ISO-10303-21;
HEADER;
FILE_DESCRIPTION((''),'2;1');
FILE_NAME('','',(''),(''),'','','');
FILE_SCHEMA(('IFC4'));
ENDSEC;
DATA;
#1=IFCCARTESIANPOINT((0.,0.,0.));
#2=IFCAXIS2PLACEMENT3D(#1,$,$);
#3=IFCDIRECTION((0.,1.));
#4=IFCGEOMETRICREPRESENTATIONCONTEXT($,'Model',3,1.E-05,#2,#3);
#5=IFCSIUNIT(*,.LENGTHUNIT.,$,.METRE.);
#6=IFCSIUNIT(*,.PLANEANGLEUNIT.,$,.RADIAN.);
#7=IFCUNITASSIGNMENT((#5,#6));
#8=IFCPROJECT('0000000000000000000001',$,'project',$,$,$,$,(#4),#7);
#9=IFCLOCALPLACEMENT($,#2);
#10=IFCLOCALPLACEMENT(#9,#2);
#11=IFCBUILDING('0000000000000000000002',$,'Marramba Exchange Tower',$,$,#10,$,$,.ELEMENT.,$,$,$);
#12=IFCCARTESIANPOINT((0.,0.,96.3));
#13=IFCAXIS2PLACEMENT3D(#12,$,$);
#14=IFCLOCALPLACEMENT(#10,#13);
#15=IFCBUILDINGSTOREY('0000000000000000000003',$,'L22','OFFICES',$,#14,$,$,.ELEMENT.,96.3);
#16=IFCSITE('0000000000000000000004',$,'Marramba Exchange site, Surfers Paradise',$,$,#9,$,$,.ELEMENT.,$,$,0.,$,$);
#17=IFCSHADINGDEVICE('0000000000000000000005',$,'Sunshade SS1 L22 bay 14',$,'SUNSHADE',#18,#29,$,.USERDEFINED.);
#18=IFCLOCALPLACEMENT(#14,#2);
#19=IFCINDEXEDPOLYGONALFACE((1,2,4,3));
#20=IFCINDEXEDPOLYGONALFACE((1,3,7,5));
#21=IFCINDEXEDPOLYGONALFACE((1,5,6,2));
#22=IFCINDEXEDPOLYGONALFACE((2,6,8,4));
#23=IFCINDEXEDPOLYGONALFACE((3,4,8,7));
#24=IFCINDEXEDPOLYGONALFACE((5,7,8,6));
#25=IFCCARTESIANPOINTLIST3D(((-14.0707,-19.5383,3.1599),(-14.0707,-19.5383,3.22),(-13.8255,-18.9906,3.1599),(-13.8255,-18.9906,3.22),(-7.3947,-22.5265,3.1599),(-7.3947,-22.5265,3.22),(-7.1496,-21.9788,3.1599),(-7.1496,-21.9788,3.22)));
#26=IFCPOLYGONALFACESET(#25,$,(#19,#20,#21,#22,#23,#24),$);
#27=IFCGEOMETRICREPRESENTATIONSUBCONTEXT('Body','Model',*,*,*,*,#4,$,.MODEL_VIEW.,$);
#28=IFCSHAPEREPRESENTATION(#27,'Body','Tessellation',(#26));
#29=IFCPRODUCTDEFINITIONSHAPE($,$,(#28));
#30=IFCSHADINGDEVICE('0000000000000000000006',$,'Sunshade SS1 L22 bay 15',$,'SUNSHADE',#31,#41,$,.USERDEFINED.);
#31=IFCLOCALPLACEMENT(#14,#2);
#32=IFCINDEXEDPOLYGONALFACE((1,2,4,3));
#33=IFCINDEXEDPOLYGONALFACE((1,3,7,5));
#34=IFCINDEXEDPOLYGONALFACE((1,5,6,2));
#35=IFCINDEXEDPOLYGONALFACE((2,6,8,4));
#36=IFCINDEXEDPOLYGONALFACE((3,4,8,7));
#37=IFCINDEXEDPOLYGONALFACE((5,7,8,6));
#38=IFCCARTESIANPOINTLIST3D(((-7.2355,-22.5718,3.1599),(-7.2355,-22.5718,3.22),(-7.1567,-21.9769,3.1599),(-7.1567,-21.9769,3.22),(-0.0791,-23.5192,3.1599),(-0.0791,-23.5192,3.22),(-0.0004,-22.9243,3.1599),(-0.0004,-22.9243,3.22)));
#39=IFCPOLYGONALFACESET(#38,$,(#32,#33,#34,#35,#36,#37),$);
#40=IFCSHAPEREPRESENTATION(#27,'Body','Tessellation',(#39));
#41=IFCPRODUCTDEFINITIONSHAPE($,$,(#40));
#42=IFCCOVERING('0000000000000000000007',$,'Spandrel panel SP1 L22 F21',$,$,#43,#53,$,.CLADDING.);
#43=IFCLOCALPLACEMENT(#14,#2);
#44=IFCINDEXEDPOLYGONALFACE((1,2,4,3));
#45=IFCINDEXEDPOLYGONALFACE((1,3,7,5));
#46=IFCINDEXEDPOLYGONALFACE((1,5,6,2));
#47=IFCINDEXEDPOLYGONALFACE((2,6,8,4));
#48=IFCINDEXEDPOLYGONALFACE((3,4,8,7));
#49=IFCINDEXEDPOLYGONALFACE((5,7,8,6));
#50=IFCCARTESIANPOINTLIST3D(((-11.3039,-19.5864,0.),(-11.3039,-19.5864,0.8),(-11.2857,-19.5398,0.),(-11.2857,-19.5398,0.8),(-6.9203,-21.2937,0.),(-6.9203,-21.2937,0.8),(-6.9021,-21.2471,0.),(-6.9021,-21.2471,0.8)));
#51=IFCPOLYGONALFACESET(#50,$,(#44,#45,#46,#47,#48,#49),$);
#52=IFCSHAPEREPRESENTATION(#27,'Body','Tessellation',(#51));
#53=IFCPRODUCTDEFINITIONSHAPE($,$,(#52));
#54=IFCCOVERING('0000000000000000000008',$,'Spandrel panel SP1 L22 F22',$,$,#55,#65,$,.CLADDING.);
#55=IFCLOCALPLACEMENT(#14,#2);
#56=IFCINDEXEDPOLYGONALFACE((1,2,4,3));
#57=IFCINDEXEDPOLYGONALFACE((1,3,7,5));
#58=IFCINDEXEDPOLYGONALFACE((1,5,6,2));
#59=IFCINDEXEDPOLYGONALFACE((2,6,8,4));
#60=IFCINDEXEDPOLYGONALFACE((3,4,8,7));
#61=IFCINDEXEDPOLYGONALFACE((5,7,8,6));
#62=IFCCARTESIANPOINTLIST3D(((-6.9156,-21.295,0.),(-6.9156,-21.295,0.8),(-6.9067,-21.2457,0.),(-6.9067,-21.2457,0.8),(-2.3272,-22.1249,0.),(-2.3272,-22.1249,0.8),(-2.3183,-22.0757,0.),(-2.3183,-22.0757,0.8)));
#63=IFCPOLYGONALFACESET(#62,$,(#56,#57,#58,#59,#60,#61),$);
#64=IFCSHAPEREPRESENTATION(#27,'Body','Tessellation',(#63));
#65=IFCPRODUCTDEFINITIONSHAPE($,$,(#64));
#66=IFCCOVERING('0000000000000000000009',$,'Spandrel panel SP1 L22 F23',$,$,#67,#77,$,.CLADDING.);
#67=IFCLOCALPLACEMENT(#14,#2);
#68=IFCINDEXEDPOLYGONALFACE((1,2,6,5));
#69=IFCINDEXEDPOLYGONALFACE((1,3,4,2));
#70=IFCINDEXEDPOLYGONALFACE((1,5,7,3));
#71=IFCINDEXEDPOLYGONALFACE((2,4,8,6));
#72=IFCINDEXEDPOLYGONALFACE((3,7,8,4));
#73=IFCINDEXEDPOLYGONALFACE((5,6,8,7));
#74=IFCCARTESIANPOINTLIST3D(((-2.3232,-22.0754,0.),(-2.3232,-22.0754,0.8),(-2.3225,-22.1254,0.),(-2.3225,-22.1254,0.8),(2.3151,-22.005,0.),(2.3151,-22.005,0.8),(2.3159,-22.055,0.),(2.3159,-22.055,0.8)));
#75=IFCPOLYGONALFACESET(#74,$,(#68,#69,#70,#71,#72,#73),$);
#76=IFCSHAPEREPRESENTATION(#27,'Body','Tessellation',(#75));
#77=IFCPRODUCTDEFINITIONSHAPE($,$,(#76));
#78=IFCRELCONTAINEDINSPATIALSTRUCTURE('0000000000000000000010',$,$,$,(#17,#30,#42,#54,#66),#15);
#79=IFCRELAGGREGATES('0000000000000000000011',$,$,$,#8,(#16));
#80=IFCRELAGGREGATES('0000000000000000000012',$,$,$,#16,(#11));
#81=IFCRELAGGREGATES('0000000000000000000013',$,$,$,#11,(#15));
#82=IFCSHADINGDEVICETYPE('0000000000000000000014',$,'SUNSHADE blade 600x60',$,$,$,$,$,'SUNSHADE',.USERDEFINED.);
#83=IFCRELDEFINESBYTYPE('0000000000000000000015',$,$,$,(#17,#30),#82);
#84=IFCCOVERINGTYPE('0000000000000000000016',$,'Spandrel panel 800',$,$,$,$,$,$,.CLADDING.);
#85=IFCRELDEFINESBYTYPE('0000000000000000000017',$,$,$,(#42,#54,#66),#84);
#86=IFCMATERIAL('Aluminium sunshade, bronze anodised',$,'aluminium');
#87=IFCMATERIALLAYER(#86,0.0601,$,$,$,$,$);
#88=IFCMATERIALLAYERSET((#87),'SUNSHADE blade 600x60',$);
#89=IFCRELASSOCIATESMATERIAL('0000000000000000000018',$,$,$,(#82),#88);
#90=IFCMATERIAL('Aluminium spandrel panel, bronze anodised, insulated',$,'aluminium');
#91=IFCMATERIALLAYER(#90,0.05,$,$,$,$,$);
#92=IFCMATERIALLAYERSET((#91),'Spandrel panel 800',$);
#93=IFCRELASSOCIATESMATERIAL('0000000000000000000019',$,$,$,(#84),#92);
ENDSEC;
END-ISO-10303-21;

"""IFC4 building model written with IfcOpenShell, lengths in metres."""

from ifc_helpers import new_model, si_unit, direction, frame, origin, origin_2d, place, context, subcontext, project, spatial, rectangle, extrude, material, layer, layer_set, type_object, element, save


model = new_model("IFC4")

# Units and contexts
model_context = context("Model", 3, precision=1e-05, world=origin(), true_north=direction((0.0, 1.0)))
body_context = subcontext(model_context, "Body", "Model", "MODEL_VIEW")
ifc_project = project(units=[si_unit("LENGTHUNIT", "METRE"), si_unit("PLANEANGLEUNIT", "RADIAN")], contexts=[model_context])

# Site, building, storey
site_placement = place(None, origin())
site = spatial("IfcSite", under=ifc_project, at=site_placement, Name="Marramba Exchange site, Surfers Paradise", CompositionType="ELEMENT", RefElevation=0.0)
building_placement = place(site_placement, origin())
building = spatial("IfcBuilding", under=site, at=building_placement, Name="Marramba Exchange Tower", CompositionType="ELEMENT")
storey_placement = place(building_placement, frame((0.0, 0.0, 96.3)))
storey = spatial("IfcBuildingStorey", under=building, at=storey_placement, Name="L22", Description="OFFICES", CompositionType="ELEMENT", Elevation=96.3)

# Shading devices
ifc_material_1 = material(Name="Aluminium sunshade, bronze anodised", Category="aluminium")
ifc_layer_1 = layer(ifc_material_1, 0.0601)
ifc_layer_set_1 = layer_set([ifc_layer_1], Name="SUNSHADE blade 600x60")
shading_device_type_1 = type_object("IfcShadingDeviceType", Name="SUNSHADE blade 600x60", ElementType="SUNSHADE", PredefinedType="USERDEFINED", material=ifc_layer_set_1)
shading_device_1_placement = place(storey_placement, frame((-10.6101, -20.7585, 3.1599), z_axis=(0.0, 0.0, 1.0), x_axis=(0.912736, -0.40855, 0.0)))
element("IfcShadingDevice", 1, at=shading_device_1_placement, inside=storey, type_object=shading_device_type_1, Name="Sunshade SS1 L22 bay 14", ObjectType="SUNSHADE", PredefinedType="USERDEFINED", context=body_context, shape_type="SweptSolid", body=[
    extrude(rectangle(XDim=7.3142, YDim=0.6001, at=origin_2d()), origin(), (0.0, 0.0, 1.0), 0.0601),
])
shading_device_2_placement = place(storey_placement, frame((-3.6179, -22.748, 3.1599), z_axis=(0.0, 0.0, 1.0), x_axis=(0.99135, -0.131241, 0.0)))
element("IfcShadingDevice", 2, at=shading_device_2_placement, inside=storey, type_object=shading_device_type_1, Name="Sunshade SS1 L22 bay 15", ObjectType="SUNSHADE", PredefinedType="USERDEFINED", context=body_context, shape_type="SweptSolid", body=[
    extrude(rectangle(XDim=7.2188, YDim=0.6001, at=origin_2d()), origin(), (0.0, 0.0, 1.0), 0.0601),
])

# Coverings
ifc_material_2 = material(Name="Aluminium spandrel panel, bronze anodised, insulated", Category="aluminium")
ifc_layer_2 = layer(ifc_material_2, 0.05)
ifc_layer_set_2 = layer_set([ifc_layer_2], Name="Spandrel panel 800")
covering_type = type_object("IfcCoveringType", Name="Spandrel panel 800", PredefinedType="CLADDING", material=ifc_layer_set_2)
covering_1_placement = place(storey_placement, frame((-9.103, -20.4167, 0.0), z_axis=(0.0, 0.0, 1.0), x_axis=(0.931818, -0.362925, 0.0)))
element("IfcCovering", 3, at=covering_1_placement, inside=storey, type_object=covering_type, Name="Spandrel panel SP1 L22 F21", PredefinedType="CLADDING", context=body_context, shape_type="SweptSolid", body=[
    extrude(rectangle(XDim=4.7043, YDim=0.05, at=origin_2d()), origin(), (0.0, 0.0, 1.0), 0.8),
])
covering_2_placement = place(storey_placement, frame((-4.6169, -21.6853, 0.0), z_axis=(0.0, 0.0, 1.0), x_axis=(0.984032, -0.177992, 0.0)))
element("IfcCovering", 4, at=covering_2_placement, inside=storey, type_object=covering_type, Name="Spandrel panel SP1 L22 F22", PredefinedType="CLADDING", context=body_context, shape_type="SweptSolid", body=[
    extrude(rectangle(XDim=4.6628, YDim=0.05, at=origin_2d()), origin(), (0.0, 0.0, 1.0), 0.8),
])
covering_3_placement = place(storey_placement, frame((-0.0037, -22.0652, 0.0), z_axis=(0.0, 0.0, 1.0), x_axis=(0.999885, 0.015179, 0.0)))
element("IfcCovering", 5, at=covering_3_placement, inside=storey, type_object=covering_type, Name="Spandrel panel SP1 L22 F23", PredefinedType="CLADDING", context=body_context, shape_type="SweptSolid", body=[
    extrude(rectangle(XDim=4.6389, YDim=0.05, at=origin_2d()), origin(), (0.0, 0.0, 1.0), 0.8),
])

save(model, "model.ifc")
